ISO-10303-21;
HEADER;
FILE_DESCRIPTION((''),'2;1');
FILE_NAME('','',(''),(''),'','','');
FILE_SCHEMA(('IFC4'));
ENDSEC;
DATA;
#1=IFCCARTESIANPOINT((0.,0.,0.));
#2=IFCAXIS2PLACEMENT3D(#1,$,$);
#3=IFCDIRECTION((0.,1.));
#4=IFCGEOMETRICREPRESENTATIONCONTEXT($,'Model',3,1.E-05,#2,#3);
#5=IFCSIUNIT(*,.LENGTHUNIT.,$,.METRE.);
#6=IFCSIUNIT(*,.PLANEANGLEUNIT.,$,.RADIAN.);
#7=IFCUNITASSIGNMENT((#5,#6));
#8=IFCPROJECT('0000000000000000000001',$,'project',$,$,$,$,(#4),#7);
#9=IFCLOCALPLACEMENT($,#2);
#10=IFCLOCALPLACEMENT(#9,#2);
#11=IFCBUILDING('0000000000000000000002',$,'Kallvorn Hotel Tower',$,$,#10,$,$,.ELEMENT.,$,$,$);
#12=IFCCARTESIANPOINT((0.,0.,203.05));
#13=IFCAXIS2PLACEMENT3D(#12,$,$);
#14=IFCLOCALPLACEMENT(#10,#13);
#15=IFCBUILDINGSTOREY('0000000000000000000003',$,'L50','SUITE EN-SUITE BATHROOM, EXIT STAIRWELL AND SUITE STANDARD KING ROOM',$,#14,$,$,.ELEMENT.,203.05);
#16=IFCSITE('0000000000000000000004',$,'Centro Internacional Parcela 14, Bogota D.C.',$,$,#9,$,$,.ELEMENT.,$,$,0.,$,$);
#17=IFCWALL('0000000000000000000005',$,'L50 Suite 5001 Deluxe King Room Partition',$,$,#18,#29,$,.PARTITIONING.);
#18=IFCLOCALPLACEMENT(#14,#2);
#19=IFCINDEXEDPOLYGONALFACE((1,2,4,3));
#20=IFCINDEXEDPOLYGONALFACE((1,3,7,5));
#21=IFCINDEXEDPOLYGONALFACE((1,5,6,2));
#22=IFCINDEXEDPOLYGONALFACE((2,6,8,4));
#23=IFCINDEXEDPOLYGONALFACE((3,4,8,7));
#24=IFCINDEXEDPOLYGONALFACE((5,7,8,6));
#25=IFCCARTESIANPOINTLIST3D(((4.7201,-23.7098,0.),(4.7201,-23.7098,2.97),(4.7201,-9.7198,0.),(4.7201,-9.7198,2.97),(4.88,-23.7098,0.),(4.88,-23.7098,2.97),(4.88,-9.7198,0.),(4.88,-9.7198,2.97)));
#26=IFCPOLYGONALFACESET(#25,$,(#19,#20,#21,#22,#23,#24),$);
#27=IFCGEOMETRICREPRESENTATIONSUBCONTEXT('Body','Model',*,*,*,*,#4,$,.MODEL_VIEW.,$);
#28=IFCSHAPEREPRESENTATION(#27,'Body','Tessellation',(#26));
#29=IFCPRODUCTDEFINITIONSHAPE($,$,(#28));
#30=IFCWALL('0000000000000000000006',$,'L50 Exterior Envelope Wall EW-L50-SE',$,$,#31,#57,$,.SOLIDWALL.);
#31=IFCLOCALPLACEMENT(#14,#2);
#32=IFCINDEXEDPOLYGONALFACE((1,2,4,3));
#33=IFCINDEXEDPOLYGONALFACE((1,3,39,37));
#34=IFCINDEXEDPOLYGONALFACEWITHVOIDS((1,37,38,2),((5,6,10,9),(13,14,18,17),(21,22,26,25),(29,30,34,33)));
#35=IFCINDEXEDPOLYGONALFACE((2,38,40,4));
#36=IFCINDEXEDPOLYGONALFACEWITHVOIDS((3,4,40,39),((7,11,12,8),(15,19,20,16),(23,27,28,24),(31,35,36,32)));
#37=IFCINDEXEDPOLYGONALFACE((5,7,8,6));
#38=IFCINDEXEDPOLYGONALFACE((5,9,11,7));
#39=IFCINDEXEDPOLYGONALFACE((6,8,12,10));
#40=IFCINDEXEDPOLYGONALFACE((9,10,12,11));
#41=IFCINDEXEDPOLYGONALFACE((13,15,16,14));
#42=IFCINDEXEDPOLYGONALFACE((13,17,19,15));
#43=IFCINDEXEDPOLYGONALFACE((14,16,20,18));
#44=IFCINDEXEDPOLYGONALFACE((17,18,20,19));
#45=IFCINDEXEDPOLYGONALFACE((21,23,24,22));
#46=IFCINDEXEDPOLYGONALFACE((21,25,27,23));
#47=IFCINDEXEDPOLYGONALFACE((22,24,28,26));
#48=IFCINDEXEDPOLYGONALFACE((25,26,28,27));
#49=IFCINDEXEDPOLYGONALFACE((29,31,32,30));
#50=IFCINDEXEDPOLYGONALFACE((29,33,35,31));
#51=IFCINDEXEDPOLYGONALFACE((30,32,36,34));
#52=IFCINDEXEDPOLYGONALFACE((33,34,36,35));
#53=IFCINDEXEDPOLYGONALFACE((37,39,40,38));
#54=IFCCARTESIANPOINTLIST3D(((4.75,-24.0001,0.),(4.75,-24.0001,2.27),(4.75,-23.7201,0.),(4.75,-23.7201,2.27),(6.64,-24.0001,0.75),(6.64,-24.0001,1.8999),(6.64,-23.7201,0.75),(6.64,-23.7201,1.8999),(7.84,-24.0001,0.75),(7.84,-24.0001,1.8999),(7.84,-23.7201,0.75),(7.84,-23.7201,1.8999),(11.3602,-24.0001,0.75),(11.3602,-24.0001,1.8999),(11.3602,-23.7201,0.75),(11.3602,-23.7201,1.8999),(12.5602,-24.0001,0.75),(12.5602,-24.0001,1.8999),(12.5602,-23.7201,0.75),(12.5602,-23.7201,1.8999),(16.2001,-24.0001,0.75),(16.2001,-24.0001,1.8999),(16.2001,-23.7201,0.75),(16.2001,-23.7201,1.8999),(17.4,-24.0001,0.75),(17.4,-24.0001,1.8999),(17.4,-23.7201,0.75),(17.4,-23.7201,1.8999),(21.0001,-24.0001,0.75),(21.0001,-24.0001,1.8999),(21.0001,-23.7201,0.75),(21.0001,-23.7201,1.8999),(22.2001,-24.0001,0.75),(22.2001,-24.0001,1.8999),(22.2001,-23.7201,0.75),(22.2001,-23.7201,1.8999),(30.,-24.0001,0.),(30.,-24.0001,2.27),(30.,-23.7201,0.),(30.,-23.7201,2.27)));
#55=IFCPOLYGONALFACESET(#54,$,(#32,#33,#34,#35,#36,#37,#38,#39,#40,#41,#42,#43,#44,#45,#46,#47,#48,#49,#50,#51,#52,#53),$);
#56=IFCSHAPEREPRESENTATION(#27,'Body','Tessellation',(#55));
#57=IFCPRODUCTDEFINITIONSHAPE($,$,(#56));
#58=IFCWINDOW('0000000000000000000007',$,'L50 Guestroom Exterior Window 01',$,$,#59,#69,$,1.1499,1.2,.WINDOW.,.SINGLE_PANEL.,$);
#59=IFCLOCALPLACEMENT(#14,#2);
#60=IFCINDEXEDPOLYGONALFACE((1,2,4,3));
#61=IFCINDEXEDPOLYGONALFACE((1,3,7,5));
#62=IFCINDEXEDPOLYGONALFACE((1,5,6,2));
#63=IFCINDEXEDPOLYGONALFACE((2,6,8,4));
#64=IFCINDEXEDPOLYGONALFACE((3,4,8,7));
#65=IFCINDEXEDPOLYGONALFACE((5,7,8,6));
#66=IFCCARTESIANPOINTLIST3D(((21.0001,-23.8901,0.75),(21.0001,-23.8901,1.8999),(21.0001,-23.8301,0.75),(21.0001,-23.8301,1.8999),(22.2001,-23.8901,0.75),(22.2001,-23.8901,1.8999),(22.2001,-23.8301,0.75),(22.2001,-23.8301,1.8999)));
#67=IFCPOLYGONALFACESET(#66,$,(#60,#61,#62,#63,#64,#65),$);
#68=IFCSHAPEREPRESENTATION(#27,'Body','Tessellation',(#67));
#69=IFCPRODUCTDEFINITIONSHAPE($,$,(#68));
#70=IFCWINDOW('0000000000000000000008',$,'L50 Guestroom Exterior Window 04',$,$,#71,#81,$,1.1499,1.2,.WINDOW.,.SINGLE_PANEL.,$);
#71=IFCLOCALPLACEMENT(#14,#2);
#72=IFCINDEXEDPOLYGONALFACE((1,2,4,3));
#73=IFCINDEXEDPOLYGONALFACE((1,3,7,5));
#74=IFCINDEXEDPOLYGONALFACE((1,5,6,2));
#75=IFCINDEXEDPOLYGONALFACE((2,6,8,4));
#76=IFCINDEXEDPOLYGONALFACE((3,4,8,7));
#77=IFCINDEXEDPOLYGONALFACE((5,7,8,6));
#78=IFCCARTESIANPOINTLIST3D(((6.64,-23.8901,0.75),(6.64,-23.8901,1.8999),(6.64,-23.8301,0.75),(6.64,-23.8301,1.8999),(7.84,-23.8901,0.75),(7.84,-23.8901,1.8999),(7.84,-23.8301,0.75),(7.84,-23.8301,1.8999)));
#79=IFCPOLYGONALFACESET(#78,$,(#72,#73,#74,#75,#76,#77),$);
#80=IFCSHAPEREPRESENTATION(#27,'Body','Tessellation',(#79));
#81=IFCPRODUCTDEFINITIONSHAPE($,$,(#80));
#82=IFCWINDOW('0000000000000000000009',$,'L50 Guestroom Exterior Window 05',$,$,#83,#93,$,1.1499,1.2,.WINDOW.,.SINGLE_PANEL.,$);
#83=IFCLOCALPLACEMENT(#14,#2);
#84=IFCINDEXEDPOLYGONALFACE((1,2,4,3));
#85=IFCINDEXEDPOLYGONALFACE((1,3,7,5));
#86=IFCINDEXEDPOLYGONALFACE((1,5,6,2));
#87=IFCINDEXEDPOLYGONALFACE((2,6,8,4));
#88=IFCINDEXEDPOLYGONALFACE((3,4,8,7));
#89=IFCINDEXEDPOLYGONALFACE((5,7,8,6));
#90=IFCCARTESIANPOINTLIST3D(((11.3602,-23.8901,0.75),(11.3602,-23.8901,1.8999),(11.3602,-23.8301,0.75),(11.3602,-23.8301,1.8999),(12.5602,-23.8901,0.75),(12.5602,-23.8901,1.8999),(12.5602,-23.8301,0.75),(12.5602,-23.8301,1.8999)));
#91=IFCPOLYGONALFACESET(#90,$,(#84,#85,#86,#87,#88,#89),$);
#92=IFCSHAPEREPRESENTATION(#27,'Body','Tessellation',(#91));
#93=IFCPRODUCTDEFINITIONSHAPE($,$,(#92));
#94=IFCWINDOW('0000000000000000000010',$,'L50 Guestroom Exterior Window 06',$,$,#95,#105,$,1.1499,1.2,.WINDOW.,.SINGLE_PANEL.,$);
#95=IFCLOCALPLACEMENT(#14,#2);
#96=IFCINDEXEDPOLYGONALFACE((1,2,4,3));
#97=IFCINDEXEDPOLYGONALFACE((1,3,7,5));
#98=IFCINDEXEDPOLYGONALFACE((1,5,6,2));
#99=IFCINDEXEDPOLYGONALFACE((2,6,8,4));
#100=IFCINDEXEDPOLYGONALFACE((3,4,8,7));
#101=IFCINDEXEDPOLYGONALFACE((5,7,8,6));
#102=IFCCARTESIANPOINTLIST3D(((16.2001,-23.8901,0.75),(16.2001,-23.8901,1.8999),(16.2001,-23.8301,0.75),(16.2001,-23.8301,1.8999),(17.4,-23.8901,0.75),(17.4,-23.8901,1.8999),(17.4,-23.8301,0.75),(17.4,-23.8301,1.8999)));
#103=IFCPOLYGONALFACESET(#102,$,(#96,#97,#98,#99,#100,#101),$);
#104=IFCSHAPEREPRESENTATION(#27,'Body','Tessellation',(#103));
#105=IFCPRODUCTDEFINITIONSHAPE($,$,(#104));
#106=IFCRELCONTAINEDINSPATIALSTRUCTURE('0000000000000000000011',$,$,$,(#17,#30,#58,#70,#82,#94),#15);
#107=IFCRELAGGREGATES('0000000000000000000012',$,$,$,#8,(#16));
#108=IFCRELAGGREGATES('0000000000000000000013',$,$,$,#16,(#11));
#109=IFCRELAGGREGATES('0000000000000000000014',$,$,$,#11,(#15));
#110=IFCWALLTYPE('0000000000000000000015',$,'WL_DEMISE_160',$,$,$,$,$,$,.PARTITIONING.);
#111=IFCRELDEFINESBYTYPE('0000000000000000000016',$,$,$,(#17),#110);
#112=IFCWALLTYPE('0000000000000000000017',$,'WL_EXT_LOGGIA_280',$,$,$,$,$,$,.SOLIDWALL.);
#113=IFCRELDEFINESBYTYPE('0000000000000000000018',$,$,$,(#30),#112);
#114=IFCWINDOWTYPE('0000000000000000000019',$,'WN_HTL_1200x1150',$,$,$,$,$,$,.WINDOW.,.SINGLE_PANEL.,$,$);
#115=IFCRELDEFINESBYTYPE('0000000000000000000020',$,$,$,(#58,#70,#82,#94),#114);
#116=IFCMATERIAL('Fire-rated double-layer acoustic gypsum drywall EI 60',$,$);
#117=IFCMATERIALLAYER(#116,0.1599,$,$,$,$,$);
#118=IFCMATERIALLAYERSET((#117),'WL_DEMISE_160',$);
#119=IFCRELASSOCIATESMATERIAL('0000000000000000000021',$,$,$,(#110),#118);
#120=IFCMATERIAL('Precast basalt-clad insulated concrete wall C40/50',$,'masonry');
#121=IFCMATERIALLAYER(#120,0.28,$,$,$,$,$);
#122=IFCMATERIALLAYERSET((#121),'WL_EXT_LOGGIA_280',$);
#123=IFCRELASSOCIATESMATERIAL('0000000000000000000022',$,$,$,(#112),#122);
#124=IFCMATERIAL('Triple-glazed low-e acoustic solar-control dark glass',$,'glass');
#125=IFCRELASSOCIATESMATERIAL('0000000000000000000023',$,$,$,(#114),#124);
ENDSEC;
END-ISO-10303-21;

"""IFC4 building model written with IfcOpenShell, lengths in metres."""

from ifc_helpers import new_model, si_unit, direction, frame, frame_2d, origin, place, context, subcontext, project, spatial, rectangle, extrude, material, layer, layer_set, type_object, element, fill, save


model = new_model("IFC4")

# Units and contexts
model_context = context("Model", 3, precision=1e-05, world=origin(), true_north=direction((0.0, 1.0)))
body_context = subcontext(model_context, "Body", "Model", "MODEL_VIEW")
ifc_project = project(units=[si_unit("LENGTHUNIT", "METRE"), si_unit("PLANEANGLEUNIT", "RADIAN")], contexts=[model_context])

# Site, building, storey
site_placement = place(None, origin())
site = spatial("IfcSite", under=ifc_project, at=site_placement, Name="Centro Internacional Parcela 14, Bogota D.C.", CompositionType="ELEMENT", RefElevation=0.0)
building_placement = place(site_placement, origin())
building = spatial("IfcBuilding", under=site, at=building_placement, Name="Kallvorn Hotel Tower", CompositionType="ELEMENT")
storey_placement = place(building_placement, frame((0.0, 0.0, 203.05)))
storey = spatial("IfcBuildingStorey", under=building, at=storey_placement, Name="L50", Description="SUITE EN-SUITE BATHROOM, EXIT STAIRWELL AND SUITE STANDARD KING ROOM", CompositionType="ELEMENT", Elevation=203.05)

# Wall
ifc_material_1 = material(Name="Fire-rated double-layer acoustic gypsum drywall EI 60")
ifc_layer_1 = layer(ifc_material_1, 0.1599)
ifc_layer_set_1 = layer_set([ifc_layer_1], Name="WL_DEMISE_160")
wall_type_1 = type_object("IfcWallType", Name="WL_DEMISE_160", PredefinedType="PARTITIONING", material=ifc_layer_set_1)
wall_1_placement = place(storey_placement, frame((4.8, -23.71, 0.0), z_axis=(0.0, 0.0, 1.0), x_axis=(0.0, 1.0, 0.0)))
element("IfcWall", 1, at=wall_1_placement, inside=storey, type_object=wall_type_1, Name="L50 Suite 5001 Deluxe King Room Partition", PredefinedType="PARTITIONING", context=body_context, shape_type="SweptSolid", body=[
    extrude(rectangle(XDim=13.99, YDim=0.1599, at=frame_2d((6.9951, 0.0))), origin(), (0.0, 0.0, 1.0), 2.97),
])

# Wall, openings, windows
ifc_material_2 = material(Name="Precast basalt-clad insulated concrete wall C40/50", Category="masonry")
ifc_layer_2 = layer(ifc_material_2, 0.28)
ifc_layer_set_2 = layer_set([ifc_layer_2], Name="WL_EXT_LOGGIA_280")
wall_type_2 = type_object("IfcWallType", Name="WL_EXT_LOGGIA_280", PredefinedType="SOLIDWALL", material=ifc_layer_set_2)
wall_2_placement = place(storey_placement, frame((4.75, -23.8601, 0.0), z_axis=(0.0, 0.0, 1.0), x_axis=(1.0, 0.0, 0.0)))
wall_2 = element("IfcWall", 2, at=wall_2_placement, inside=storey, type_object=wall_type_2, Name="L50 Exterior Envelope Wall EW-L50-SE", PredefinedType="SOLIDWALL", context=body_context, shape_type="SweptSolid", body=[
    extrude(rectangle(XDim=25.25, YDim=0.28, at=frame_2d((12.625, 0.0))), origin(), (0.0, 0.0, 1.0), 2.27),
])
opening_1_placement = place(wall_2_placement, frame((16.25, 0.0, 0.75)))
opening_1 = element("IfcOpeningElement", 3, at=opening_1_placement, cuts=wall_2, PredefinedType="OPENING", context=body_context, shape_type="SweptSolid", body=[
    extrude(rectangle(XDim=1.2, YDim=1.1499, at=frame_2d((0.6001, 0.575))), frame((0.0, 0.155, 0.0), z_axis=(0.0, -1.0, 0.0), x_axis=(1.0, 0.0, 0.0)), (0.0, 0.0, 1.0), 0.3101),
])
opening_2_placement = place(wall_2_placement, frame((1.8899, 0.0, 0.75)))
opening_2 = element("IfcOpeningElement", 4, at=opening_2_placement, cuts=wall_2, PredefinedType="OPENING", context=body_context, shape_type="SweptSolid", body=[
    extrude(rectangle(XDim=1.2, YDim=1.1499, at=frame_2d((0.6001, 0.575))), frame((0.0, 0.155, 0.0), z_axis=(0.0, -1.0, 0.0), x_axis=(1.0, 0.0, 0.0)), (0.0, 0.0, 1.0), 0.3101),
])
opening_3_placement = place(wall_2_placement, frame((6.6101, 0.0, 0.75)))
opening_3 = element("IfcOpeningElement", 5, at=opening_3_placement, cuts=wall_2, PredefinedType="OPENING", context=body_context, shape_type="SweptSolid", body=[
    extrude(rectangle(XDim=1.2, YDim=1.1499, at=frame_2d((0.6001, 0.575))), frame((0.0, 0.155, 0.0), z_axis=(0.0, -1.0, 0.0), x_axis=(1.0, 0.0, 0.0)), (0.0, 0.0, 1.0), 0.3101),
])
opening_4_placement = place(wall_2_placement, frame((11.45, 0.0, 0.75)))
opening_4 = element("IfcOpeningElement", 6, at=opening_4_placement, cuts=wall_2, PredefinedType="OPENING", context=body_context, shape_type="SweptSolid", body=[
    extrude(rectangle(XDim=1.2, YDim=1.1499, at=frame_2d((0.6001, 0.575))), frame((0.0, 0.155, 0.0), z_axis=(0.0, -1.0, 0.0), x_axis=(1.0, 0.0, 0.0)), (0.0, 0.0, 1.0), 0.3101),
])
ifc_material_3 = material(Name="Triple-glazed low-e acoustic solar-control dark glass", Category="glass")
window_type = type_object("IfcWindowType", Name="WN_HTL_1200x1150", PartitioningType="SINGLE_PANEL", PredefinedType="WINDOW", material=ifc_material_3)
window_1_placement = place(opening_1_placement, origin())
window_1 = element("IfcWindow", 7, at=window_1_placement, inside=storey, type_object=window_type, Name="L50 Guestroom Exterior Window 01", OverallHeight=1.1499, OverallWidth=1.2, PartitioningType="SINGLE_PANEL", PredefinedType="WINDOW", context=body_context, shape_type="SweptSolid", body=[
    extrude(rectangle(XDim=1.2, YDim=1.1499, at=frame_2d((0.6001, 0.575))), frame((0.0, 0.03, 0.0), z_axis=(0.0, -1.0, 0.0), x_axis=(1.0, 0.0, 0.0)), (0.0, 0.0, 1.0), 0.0601),
])
fill(opening_1, window_1)
window_2_placement = place(opening_2_placement, origin())
window_2 = element("IfcWindow", 8, at=window_2_placement, inside=storey, type_object=window_type, Name="L50 Guestroom Exterior Window 04", OverallHeight=1.1499, OverallWidth=1.2, PartitioningType="SINGLE_PANEL", PredefinedType="WINDOW", context=body_context, shape_type="SweptSolid", body=[
    extrude(rectangle(XDim=1.2, YDim=1.1499, at=frame_2d((0.6001, 0.575))), frame((0.0, 0.03, 0.0), z_axis=(0.0, -1.0, 0.0), x_axis=(1.0, 0.0, 0.0)), (0.0, 0.0, 1.0), 0.0601),
])
fill(opening_2, window_2)
window_3_placement = place(opening_3_placement, origin())
window_3 = element("IfcWindow", 9, at=window_3_placement, inside=storey, type_object=window_type, Name="L50 Guestroom Exterior Window 05", OverallHeight=1.1499, OverallWidth=1.2, PartitioningType="SINGLE_PANEL", PredefinedType="WINDOW", context=body_context, shape_type="SweptSolid", body=[
    extrude(rectangle(XDim=1.2, YDim=1.1499, at=frame_2d((0.6001, 0.575))), frame((0.0, 0.03, 0.0), z_axis=(0.0, -1.0, 0.0), x_axis=(1.0, 0.0, 0.0)), (0.0, 0.0, 1.0), 0.0601),
])
fill(opening_3, window_3)
window_4_placement = place(opening_4_placement, origin())
window_4 = element("IfcWindow", 10, at=window_4_placement, inside=storey, type_object=window_type, Name="L50 Guestroom Exterior Window 06", OverallHeight=1.1499, OverallWidth=1.2, PartitioningType="SINGLE_PANEL", PredefinedType="WINDOW", context=body_context, shape_type="SweptSolid", body=[
    extrude(rectangle(XDim=1.2, YDim=1.1499, at=frame_2d((0.6001, 0.575))), frame((0.0, 0.03, 0.0), z_axis=(0.0, -1.0, 0.0), x_axis=(1.0, 0.0, 0.0)), (0.0, 0.0, 1.0), 0.0601),
])
fill(opening_4, window_4)

save(model, "model.ifc")
